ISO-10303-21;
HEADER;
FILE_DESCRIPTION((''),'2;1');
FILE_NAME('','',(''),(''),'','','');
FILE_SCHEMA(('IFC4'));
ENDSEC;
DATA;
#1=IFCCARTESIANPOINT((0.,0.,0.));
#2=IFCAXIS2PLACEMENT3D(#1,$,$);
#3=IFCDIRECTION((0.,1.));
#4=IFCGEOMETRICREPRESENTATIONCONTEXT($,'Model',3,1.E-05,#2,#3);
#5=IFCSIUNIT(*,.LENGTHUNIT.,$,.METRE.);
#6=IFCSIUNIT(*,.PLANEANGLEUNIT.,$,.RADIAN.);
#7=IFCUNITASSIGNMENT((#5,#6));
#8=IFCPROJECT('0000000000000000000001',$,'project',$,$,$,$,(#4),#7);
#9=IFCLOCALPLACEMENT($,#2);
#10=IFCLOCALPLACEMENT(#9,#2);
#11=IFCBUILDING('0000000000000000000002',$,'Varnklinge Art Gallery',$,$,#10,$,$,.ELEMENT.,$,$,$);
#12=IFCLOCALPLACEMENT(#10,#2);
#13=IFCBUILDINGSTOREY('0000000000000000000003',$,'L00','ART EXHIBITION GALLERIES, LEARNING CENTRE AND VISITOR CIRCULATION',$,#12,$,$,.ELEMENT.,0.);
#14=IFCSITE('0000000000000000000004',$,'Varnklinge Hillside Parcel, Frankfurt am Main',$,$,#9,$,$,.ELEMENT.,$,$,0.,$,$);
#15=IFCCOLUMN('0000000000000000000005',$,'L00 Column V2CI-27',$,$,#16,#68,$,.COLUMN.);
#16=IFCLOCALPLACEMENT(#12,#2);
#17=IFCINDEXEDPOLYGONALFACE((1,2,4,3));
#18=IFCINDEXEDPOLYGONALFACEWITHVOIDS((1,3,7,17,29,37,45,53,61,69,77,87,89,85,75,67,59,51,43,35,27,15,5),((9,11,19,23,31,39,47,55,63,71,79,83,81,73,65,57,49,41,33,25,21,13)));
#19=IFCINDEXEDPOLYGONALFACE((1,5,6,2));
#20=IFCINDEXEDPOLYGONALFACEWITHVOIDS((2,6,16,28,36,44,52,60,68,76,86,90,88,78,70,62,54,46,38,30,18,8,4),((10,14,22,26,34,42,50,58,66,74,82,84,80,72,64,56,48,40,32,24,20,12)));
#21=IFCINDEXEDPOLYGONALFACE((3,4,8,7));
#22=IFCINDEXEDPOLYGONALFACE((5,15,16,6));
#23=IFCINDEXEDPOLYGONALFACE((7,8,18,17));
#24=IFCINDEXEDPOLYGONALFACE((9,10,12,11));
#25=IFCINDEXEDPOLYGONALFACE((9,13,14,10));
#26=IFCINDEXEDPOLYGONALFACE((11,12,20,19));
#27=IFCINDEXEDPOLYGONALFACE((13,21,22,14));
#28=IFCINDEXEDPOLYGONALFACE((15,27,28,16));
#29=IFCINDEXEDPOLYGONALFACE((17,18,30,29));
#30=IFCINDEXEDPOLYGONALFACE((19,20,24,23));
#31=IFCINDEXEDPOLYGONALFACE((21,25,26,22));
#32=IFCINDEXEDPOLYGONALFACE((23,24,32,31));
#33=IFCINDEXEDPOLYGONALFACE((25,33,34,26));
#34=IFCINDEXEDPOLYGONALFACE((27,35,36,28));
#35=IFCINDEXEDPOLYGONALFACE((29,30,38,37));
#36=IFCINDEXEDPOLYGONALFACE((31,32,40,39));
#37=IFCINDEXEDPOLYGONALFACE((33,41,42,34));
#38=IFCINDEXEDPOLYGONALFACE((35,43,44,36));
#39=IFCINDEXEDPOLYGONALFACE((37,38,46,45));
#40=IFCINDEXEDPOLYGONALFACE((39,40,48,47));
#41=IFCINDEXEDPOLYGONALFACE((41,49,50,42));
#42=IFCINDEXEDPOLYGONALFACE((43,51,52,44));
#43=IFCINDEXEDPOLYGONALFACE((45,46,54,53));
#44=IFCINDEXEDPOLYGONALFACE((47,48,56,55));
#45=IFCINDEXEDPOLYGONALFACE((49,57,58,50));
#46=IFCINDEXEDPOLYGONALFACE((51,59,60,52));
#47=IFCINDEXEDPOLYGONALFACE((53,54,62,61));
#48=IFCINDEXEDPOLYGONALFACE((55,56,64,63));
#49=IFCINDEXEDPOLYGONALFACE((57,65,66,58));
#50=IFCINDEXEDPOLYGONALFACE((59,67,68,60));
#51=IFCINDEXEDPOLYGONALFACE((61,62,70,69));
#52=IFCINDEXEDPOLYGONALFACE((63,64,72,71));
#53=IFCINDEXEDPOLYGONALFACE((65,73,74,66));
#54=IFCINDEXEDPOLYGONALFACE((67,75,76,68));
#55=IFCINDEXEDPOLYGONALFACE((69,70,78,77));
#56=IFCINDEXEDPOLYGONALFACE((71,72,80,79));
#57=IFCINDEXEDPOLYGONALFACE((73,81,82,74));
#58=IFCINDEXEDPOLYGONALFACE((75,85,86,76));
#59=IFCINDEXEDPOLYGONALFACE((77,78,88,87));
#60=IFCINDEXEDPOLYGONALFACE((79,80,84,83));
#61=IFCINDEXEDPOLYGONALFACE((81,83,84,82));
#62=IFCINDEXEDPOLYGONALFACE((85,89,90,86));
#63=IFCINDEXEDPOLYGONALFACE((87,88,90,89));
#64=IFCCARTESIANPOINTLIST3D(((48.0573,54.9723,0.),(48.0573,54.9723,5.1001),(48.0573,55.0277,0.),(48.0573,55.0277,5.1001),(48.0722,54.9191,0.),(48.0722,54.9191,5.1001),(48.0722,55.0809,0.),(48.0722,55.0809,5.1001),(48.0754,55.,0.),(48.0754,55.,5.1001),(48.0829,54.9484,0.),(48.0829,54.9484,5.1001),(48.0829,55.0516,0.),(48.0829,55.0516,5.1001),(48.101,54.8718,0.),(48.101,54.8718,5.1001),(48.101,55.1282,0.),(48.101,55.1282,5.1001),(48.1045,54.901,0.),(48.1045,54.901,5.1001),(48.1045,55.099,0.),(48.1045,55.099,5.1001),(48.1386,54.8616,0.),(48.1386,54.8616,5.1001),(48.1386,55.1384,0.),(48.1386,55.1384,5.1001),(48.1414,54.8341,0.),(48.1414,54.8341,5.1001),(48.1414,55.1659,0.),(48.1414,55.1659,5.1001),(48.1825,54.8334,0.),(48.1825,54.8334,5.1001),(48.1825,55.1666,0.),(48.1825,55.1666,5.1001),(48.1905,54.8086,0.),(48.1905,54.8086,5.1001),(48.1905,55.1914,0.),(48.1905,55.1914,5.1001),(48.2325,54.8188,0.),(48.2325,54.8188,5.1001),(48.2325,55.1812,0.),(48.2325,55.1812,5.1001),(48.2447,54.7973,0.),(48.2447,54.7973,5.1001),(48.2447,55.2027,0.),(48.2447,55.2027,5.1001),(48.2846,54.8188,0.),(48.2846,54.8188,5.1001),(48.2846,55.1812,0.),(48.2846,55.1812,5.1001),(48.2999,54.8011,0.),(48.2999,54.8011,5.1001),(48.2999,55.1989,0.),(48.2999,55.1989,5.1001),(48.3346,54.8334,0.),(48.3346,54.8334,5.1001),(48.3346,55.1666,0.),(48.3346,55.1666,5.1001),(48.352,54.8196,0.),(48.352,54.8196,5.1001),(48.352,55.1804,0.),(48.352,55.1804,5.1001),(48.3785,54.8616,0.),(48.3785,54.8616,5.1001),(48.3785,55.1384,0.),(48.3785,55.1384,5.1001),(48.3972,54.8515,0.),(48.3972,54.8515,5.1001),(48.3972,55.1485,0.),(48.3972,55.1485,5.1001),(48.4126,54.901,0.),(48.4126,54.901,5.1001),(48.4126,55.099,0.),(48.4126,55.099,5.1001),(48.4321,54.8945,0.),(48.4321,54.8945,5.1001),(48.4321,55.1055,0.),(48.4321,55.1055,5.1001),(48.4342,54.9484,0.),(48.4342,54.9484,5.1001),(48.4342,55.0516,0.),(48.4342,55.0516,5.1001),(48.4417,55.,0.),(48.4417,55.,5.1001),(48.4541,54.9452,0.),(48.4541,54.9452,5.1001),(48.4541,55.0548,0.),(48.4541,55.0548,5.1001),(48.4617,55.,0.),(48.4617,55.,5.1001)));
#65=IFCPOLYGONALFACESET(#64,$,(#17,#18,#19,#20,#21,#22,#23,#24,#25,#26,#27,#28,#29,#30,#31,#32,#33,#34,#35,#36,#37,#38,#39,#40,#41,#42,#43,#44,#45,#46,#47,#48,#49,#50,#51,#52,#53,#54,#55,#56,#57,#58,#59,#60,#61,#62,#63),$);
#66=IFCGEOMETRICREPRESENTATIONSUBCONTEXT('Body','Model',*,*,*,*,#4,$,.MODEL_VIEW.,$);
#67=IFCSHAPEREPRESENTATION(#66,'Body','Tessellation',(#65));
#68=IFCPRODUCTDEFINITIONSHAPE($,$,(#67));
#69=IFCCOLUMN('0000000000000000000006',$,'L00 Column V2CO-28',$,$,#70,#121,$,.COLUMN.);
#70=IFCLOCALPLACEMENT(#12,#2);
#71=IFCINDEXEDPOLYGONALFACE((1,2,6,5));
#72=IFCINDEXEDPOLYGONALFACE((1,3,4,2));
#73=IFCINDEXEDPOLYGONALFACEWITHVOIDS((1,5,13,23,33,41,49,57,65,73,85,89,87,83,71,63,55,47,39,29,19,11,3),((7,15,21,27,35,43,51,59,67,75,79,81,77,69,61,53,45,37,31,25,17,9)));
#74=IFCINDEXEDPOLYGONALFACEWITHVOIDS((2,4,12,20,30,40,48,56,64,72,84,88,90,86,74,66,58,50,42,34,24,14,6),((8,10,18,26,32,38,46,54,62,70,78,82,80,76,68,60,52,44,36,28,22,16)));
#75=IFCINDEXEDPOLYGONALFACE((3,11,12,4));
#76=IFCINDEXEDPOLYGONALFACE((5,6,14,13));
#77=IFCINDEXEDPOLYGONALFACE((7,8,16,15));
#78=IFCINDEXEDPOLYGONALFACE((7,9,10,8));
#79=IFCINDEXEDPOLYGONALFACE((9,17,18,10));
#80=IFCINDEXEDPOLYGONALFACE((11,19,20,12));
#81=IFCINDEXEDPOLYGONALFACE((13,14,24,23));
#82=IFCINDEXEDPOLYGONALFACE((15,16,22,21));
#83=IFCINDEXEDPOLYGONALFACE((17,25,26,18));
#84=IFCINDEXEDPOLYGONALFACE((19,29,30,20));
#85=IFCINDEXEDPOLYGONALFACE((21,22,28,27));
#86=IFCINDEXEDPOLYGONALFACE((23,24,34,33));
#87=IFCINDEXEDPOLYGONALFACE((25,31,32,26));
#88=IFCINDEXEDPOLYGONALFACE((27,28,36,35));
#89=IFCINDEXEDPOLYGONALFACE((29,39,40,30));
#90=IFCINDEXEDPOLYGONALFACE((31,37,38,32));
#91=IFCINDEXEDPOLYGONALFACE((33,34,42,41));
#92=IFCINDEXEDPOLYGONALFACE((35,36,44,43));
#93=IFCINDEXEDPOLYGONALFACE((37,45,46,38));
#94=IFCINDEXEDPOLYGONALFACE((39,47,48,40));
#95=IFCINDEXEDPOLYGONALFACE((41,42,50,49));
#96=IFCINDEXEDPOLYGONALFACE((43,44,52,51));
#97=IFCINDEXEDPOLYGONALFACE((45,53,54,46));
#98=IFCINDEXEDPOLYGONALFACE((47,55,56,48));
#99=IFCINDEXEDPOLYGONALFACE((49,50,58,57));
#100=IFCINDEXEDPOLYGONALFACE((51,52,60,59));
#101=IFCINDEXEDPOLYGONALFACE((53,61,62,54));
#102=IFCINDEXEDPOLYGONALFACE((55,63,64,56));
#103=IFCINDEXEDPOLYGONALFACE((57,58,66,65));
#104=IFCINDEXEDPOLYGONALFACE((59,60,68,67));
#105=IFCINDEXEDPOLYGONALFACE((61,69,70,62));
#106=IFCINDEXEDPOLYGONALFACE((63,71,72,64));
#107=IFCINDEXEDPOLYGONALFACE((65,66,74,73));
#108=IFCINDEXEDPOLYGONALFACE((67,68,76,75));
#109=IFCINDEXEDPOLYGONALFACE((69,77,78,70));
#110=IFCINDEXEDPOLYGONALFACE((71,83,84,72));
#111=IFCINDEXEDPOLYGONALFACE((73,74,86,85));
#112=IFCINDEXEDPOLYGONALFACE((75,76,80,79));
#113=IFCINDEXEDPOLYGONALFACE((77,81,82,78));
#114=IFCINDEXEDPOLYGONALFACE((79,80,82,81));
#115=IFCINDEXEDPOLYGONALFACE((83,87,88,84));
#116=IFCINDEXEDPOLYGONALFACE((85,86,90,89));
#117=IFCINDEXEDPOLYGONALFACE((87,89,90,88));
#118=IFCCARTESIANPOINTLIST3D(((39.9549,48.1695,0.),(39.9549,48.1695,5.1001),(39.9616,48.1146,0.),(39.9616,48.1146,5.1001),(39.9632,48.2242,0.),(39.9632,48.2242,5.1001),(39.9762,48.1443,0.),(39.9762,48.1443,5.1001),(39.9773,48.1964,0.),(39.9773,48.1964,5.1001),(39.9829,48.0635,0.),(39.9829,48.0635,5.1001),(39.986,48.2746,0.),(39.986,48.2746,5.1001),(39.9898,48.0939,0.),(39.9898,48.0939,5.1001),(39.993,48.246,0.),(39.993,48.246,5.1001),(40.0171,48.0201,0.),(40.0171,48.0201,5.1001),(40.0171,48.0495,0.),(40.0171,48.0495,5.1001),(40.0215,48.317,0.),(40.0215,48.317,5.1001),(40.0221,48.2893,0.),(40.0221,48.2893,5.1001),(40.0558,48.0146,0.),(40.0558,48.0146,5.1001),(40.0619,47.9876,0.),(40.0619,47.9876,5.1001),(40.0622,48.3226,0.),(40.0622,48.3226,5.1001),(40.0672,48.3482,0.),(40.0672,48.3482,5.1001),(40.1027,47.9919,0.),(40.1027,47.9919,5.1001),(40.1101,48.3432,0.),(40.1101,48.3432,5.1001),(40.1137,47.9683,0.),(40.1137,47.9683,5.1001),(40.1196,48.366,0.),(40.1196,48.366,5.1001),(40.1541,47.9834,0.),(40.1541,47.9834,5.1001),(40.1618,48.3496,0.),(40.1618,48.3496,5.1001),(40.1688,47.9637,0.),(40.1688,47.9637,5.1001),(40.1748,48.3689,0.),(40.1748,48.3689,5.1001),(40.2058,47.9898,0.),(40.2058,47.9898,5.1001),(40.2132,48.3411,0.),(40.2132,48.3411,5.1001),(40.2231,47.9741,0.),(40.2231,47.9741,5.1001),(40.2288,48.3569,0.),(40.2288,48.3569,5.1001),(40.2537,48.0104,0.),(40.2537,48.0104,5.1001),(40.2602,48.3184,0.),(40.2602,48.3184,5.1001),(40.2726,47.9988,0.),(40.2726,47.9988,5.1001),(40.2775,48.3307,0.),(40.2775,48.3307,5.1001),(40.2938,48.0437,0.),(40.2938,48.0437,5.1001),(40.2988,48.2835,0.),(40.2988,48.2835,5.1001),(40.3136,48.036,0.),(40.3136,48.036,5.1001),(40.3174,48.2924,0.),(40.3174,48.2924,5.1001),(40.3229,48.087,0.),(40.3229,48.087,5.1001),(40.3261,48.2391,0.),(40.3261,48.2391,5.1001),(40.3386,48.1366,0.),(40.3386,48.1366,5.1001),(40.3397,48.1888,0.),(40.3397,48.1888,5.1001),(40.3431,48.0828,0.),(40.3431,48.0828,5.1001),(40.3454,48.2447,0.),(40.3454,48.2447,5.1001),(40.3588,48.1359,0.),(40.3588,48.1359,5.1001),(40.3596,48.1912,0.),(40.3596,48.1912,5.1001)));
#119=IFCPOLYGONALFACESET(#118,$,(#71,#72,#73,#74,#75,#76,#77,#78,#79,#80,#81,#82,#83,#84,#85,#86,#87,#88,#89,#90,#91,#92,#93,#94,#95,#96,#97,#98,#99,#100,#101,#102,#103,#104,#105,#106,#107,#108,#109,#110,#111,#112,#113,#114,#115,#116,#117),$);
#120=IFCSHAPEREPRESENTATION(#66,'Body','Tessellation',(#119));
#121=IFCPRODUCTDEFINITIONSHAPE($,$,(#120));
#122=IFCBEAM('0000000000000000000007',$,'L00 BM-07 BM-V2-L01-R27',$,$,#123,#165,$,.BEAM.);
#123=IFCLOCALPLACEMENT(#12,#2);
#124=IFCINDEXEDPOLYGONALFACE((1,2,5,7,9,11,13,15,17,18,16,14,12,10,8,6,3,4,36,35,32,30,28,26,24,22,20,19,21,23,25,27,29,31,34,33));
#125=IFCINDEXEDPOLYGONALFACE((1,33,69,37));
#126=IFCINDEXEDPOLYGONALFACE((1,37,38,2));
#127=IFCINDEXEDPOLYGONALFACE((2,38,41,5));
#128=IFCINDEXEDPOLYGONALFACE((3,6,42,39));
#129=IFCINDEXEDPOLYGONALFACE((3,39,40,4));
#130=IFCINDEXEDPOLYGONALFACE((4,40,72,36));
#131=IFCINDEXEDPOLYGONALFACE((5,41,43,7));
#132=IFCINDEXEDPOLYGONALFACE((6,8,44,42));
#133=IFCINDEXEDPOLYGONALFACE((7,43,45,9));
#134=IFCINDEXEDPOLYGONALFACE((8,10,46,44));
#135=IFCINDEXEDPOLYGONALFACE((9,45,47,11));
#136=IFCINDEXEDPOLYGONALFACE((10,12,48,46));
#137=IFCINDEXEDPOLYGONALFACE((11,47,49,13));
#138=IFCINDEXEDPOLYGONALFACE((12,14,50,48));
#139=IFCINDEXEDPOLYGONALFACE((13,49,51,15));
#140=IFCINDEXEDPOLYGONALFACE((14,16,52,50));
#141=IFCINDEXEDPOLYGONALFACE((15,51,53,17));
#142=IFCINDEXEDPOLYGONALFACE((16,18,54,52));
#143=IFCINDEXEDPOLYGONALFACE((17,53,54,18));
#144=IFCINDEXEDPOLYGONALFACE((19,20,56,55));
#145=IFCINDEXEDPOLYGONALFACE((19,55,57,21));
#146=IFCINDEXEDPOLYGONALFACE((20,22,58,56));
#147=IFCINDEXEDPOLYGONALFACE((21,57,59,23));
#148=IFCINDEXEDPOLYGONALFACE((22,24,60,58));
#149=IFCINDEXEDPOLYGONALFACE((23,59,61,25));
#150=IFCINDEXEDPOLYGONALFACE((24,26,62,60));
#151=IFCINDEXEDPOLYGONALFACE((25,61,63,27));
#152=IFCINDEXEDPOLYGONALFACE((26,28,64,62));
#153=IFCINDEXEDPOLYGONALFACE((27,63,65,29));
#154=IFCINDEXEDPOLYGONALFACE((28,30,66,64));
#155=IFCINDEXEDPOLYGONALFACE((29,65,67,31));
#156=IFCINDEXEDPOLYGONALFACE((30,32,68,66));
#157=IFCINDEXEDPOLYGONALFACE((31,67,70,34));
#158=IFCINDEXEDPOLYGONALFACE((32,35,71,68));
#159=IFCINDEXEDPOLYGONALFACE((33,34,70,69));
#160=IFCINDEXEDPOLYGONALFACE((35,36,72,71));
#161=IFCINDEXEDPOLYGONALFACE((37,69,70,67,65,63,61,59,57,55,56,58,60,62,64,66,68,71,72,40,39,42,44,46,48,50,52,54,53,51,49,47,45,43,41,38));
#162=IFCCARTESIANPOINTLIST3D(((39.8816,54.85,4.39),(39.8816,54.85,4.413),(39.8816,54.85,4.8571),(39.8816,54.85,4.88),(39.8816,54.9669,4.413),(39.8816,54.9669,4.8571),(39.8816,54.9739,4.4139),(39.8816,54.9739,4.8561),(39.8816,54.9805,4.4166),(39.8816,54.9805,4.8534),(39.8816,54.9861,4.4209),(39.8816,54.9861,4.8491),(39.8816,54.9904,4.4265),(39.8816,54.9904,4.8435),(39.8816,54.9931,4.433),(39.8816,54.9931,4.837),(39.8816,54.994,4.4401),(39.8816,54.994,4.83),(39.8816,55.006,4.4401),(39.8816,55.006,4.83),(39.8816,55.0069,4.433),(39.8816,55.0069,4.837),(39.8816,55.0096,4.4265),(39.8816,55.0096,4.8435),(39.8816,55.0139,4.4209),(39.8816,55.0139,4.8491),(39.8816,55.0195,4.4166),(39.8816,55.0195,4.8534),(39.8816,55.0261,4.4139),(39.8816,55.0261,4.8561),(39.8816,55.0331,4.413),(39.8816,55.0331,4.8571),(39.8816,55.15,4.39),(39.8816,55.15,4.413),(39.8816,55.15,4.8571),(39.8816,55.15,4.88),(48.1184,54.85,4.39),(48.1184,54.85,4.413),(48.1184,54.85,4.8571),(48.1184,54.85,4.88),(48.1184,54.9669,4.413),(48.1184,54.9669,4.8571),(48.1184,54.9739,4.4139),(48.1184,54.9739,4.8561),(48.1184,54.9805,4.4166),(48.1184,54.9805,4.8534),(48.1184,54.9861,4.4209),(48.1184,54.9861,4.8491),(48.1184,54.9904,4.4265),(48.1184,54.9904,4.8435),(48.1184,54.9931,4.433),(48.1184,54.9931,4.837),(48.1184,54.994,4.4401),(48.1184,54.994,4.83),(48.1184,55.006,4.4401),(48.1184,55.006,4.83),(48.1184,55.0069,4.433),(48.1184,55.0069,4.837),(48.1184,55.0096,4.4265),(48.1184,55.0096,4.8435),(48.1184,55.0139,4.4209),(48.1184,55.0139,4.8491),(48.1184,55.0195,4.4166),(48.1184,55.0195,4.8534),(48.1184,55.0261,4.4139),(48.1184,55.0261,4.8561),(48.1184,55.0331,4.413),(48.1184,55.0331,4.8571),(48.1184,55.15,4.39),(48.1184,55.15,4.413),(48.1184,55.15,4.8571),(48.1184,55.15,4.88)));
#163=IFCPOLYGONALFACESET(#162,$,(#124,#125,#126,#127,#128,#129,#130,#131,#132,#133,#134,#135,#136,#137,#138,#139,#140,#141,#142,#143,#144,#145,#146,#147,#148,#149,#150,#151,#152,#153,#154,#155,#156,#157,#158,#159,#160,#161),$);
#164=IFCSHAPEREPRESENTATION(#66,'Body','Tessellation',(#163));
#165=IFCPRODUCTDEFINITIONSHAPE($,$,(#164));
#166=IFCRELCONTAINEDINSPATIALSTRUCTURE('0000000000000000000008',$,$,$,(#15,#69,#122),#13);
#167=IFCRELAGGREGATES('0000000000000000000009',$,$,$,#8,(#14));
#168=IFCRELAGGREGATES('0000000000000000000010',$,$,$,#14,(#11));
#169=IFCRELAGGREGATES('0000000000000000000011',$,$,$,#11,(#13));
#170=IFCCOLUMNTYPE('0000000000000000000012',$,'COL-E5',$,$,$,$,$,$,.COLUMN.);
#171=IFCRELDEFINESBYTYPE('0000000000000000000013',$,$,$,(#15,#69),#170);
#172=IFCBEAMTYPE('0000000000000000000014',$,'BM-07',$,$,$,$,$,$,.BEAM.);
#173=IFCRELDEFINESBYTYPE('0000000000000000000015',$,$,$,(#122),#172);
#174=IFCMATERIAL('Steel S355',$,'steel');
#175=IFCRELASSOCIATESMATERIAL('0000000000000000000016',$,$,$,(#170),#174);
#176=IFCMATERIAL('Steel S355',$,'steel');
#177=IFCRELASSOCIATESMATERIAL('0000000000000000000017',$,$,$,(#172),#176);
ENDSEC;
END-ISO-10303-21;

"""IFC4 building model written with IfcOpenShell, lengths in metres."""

from ifc_helpers import new_model, si_unit, direction, frame, origin, origin_2d, place, context, subcontext, project, spatial, hollow_circle, i_section, extrude, material, material_profile, profile_set, type_object, element, save


model = new_model("IFC4")

# Units and contexts
model_context = context("Model", 3, precision=1e-05, world=origin(), true_north=direction((0.0, 1.0)))
body_context = subcontext(model_context, "Body", "Model", "MODEL_VIEW")
ifc_project = project(units=[si_unit("LENGTHUNIT", "METRE"), si_unit("PLANEANGLEUNIT", "RADIAN")], contexts=[model_context])

# Site, building, storey
site_placement = place(None, origin())
site = spatial("IfcSite", under=ifc_project, at=site_placement, Name="Varnklinge Hillside Parcel, Frankfurt am Main", CompositionType="ELEMENT", RefElevation=0.0)
building_placement = place(site_placement, origin())
building = spatial("IfcBuilding", under=site, at=building_placement, Name="Varnklinge Art Gallery", CompositionType="ELEMENT")
storey_placement = place(building_placement, origin())
storey = spatial("IfcBuildingStorey", under=building, at=storey_placement, Name="L00", Description="ART EXHIBITION GALLERIES, LEARNING CENTRE AND VISITOR CIRCULATION", CompositionType="ELEMENT", Elevation=0.0)

# Columns
ifc_material_1 = material(Name="Steel S355", Category="steel")
ifc_material_profile_1 = material_profile(ifc_material_1, hollow_circle(Radius=0.2031, WallThickness=0.02, at=origin_2d()), Name="CHS 406.4x20")
ifc_profile_set_1 = profile_set([ifc_material_profile_1], Name="Steel S355")
column_type_1 = type_object("IfcColumnType", Name="COL-E5", PredefinedType="COLUMN", material=ifc_profile_set_1)
for number, where, z_axis, x_axis, name in (
    (1, (48.2585, 55.0, 0.0), (0.0, 0.0, 1.0), (1.0, 0.0, 0.0), "L00 Column V2CI-27"),
    (2, (40.158, 48.1665, 0.0), (0.0, 0.0, 1.0), (0.992589, 0.121523, 0.0), "L00 Column V2CO-28"),
):
    element("IfcColumn", number, at=place(storey_placement, frame(where, z_axis=z_axis, x_axis=x_axis)), inside=storey, type_object=column_type_1, Name=name, PredefinedType="COLUMN", context=body_context, shape_type="SweptSolid", body=[
        extrude(hollow_circle(Radius=0.2031, WallThickness=0.02, at=origin_2d()), origin(), (0.0, 0.0, 1.0), 5.1001),
    ])

# Beam
ifc_material_2 = material(Name="Steel S355", Category="steel")
ifc_material_profile_2 = material_profile(ifc_material_2, i_section(OverallWidth=0.3, OverallDepth=0.49, WebThickness=0.012, FlangeThickness=0.0229, FilletRadius=0.0271, at=origin_2d()), Name="HEA 500")
ifc_profile_set_2 = profile_set([ifc_material_profile_2], Name="Steel S355")
beam_type_1 = type_object("IfcBeamType", Name="BM-07", PredefinedType="BEAM", material=ifc_profile_set_2)
for number, where, z_axis, x_axis, name in (
    (3, (39.8816, 55.0, 4.635), (1.0, 0.0, 0.0), (0.0, 1.0, 0.0), "L00 BM-07 BM-V2-L01-R27"),
):
    element("IfcBeam", number, at=place(storey_placement, frame(where, z_axis=z_axis, x_axis=x_axis)), inside=storey, type_object=beam_type_1, Name=name, PredefinedType="BEAM", context=body_context, shape_type="SweptSolid", body=[
        extrude(i_section(OverallWidth=0.3, OverallDepth=0.49, WebThickness=0.012, FlangeThickness=0.0229, FilletRadius=0.0271, at=origin_2d()), origin(), (0.0, 0.0, 1.0), 8.2368),
    ])

save(model, "model.ifc")
